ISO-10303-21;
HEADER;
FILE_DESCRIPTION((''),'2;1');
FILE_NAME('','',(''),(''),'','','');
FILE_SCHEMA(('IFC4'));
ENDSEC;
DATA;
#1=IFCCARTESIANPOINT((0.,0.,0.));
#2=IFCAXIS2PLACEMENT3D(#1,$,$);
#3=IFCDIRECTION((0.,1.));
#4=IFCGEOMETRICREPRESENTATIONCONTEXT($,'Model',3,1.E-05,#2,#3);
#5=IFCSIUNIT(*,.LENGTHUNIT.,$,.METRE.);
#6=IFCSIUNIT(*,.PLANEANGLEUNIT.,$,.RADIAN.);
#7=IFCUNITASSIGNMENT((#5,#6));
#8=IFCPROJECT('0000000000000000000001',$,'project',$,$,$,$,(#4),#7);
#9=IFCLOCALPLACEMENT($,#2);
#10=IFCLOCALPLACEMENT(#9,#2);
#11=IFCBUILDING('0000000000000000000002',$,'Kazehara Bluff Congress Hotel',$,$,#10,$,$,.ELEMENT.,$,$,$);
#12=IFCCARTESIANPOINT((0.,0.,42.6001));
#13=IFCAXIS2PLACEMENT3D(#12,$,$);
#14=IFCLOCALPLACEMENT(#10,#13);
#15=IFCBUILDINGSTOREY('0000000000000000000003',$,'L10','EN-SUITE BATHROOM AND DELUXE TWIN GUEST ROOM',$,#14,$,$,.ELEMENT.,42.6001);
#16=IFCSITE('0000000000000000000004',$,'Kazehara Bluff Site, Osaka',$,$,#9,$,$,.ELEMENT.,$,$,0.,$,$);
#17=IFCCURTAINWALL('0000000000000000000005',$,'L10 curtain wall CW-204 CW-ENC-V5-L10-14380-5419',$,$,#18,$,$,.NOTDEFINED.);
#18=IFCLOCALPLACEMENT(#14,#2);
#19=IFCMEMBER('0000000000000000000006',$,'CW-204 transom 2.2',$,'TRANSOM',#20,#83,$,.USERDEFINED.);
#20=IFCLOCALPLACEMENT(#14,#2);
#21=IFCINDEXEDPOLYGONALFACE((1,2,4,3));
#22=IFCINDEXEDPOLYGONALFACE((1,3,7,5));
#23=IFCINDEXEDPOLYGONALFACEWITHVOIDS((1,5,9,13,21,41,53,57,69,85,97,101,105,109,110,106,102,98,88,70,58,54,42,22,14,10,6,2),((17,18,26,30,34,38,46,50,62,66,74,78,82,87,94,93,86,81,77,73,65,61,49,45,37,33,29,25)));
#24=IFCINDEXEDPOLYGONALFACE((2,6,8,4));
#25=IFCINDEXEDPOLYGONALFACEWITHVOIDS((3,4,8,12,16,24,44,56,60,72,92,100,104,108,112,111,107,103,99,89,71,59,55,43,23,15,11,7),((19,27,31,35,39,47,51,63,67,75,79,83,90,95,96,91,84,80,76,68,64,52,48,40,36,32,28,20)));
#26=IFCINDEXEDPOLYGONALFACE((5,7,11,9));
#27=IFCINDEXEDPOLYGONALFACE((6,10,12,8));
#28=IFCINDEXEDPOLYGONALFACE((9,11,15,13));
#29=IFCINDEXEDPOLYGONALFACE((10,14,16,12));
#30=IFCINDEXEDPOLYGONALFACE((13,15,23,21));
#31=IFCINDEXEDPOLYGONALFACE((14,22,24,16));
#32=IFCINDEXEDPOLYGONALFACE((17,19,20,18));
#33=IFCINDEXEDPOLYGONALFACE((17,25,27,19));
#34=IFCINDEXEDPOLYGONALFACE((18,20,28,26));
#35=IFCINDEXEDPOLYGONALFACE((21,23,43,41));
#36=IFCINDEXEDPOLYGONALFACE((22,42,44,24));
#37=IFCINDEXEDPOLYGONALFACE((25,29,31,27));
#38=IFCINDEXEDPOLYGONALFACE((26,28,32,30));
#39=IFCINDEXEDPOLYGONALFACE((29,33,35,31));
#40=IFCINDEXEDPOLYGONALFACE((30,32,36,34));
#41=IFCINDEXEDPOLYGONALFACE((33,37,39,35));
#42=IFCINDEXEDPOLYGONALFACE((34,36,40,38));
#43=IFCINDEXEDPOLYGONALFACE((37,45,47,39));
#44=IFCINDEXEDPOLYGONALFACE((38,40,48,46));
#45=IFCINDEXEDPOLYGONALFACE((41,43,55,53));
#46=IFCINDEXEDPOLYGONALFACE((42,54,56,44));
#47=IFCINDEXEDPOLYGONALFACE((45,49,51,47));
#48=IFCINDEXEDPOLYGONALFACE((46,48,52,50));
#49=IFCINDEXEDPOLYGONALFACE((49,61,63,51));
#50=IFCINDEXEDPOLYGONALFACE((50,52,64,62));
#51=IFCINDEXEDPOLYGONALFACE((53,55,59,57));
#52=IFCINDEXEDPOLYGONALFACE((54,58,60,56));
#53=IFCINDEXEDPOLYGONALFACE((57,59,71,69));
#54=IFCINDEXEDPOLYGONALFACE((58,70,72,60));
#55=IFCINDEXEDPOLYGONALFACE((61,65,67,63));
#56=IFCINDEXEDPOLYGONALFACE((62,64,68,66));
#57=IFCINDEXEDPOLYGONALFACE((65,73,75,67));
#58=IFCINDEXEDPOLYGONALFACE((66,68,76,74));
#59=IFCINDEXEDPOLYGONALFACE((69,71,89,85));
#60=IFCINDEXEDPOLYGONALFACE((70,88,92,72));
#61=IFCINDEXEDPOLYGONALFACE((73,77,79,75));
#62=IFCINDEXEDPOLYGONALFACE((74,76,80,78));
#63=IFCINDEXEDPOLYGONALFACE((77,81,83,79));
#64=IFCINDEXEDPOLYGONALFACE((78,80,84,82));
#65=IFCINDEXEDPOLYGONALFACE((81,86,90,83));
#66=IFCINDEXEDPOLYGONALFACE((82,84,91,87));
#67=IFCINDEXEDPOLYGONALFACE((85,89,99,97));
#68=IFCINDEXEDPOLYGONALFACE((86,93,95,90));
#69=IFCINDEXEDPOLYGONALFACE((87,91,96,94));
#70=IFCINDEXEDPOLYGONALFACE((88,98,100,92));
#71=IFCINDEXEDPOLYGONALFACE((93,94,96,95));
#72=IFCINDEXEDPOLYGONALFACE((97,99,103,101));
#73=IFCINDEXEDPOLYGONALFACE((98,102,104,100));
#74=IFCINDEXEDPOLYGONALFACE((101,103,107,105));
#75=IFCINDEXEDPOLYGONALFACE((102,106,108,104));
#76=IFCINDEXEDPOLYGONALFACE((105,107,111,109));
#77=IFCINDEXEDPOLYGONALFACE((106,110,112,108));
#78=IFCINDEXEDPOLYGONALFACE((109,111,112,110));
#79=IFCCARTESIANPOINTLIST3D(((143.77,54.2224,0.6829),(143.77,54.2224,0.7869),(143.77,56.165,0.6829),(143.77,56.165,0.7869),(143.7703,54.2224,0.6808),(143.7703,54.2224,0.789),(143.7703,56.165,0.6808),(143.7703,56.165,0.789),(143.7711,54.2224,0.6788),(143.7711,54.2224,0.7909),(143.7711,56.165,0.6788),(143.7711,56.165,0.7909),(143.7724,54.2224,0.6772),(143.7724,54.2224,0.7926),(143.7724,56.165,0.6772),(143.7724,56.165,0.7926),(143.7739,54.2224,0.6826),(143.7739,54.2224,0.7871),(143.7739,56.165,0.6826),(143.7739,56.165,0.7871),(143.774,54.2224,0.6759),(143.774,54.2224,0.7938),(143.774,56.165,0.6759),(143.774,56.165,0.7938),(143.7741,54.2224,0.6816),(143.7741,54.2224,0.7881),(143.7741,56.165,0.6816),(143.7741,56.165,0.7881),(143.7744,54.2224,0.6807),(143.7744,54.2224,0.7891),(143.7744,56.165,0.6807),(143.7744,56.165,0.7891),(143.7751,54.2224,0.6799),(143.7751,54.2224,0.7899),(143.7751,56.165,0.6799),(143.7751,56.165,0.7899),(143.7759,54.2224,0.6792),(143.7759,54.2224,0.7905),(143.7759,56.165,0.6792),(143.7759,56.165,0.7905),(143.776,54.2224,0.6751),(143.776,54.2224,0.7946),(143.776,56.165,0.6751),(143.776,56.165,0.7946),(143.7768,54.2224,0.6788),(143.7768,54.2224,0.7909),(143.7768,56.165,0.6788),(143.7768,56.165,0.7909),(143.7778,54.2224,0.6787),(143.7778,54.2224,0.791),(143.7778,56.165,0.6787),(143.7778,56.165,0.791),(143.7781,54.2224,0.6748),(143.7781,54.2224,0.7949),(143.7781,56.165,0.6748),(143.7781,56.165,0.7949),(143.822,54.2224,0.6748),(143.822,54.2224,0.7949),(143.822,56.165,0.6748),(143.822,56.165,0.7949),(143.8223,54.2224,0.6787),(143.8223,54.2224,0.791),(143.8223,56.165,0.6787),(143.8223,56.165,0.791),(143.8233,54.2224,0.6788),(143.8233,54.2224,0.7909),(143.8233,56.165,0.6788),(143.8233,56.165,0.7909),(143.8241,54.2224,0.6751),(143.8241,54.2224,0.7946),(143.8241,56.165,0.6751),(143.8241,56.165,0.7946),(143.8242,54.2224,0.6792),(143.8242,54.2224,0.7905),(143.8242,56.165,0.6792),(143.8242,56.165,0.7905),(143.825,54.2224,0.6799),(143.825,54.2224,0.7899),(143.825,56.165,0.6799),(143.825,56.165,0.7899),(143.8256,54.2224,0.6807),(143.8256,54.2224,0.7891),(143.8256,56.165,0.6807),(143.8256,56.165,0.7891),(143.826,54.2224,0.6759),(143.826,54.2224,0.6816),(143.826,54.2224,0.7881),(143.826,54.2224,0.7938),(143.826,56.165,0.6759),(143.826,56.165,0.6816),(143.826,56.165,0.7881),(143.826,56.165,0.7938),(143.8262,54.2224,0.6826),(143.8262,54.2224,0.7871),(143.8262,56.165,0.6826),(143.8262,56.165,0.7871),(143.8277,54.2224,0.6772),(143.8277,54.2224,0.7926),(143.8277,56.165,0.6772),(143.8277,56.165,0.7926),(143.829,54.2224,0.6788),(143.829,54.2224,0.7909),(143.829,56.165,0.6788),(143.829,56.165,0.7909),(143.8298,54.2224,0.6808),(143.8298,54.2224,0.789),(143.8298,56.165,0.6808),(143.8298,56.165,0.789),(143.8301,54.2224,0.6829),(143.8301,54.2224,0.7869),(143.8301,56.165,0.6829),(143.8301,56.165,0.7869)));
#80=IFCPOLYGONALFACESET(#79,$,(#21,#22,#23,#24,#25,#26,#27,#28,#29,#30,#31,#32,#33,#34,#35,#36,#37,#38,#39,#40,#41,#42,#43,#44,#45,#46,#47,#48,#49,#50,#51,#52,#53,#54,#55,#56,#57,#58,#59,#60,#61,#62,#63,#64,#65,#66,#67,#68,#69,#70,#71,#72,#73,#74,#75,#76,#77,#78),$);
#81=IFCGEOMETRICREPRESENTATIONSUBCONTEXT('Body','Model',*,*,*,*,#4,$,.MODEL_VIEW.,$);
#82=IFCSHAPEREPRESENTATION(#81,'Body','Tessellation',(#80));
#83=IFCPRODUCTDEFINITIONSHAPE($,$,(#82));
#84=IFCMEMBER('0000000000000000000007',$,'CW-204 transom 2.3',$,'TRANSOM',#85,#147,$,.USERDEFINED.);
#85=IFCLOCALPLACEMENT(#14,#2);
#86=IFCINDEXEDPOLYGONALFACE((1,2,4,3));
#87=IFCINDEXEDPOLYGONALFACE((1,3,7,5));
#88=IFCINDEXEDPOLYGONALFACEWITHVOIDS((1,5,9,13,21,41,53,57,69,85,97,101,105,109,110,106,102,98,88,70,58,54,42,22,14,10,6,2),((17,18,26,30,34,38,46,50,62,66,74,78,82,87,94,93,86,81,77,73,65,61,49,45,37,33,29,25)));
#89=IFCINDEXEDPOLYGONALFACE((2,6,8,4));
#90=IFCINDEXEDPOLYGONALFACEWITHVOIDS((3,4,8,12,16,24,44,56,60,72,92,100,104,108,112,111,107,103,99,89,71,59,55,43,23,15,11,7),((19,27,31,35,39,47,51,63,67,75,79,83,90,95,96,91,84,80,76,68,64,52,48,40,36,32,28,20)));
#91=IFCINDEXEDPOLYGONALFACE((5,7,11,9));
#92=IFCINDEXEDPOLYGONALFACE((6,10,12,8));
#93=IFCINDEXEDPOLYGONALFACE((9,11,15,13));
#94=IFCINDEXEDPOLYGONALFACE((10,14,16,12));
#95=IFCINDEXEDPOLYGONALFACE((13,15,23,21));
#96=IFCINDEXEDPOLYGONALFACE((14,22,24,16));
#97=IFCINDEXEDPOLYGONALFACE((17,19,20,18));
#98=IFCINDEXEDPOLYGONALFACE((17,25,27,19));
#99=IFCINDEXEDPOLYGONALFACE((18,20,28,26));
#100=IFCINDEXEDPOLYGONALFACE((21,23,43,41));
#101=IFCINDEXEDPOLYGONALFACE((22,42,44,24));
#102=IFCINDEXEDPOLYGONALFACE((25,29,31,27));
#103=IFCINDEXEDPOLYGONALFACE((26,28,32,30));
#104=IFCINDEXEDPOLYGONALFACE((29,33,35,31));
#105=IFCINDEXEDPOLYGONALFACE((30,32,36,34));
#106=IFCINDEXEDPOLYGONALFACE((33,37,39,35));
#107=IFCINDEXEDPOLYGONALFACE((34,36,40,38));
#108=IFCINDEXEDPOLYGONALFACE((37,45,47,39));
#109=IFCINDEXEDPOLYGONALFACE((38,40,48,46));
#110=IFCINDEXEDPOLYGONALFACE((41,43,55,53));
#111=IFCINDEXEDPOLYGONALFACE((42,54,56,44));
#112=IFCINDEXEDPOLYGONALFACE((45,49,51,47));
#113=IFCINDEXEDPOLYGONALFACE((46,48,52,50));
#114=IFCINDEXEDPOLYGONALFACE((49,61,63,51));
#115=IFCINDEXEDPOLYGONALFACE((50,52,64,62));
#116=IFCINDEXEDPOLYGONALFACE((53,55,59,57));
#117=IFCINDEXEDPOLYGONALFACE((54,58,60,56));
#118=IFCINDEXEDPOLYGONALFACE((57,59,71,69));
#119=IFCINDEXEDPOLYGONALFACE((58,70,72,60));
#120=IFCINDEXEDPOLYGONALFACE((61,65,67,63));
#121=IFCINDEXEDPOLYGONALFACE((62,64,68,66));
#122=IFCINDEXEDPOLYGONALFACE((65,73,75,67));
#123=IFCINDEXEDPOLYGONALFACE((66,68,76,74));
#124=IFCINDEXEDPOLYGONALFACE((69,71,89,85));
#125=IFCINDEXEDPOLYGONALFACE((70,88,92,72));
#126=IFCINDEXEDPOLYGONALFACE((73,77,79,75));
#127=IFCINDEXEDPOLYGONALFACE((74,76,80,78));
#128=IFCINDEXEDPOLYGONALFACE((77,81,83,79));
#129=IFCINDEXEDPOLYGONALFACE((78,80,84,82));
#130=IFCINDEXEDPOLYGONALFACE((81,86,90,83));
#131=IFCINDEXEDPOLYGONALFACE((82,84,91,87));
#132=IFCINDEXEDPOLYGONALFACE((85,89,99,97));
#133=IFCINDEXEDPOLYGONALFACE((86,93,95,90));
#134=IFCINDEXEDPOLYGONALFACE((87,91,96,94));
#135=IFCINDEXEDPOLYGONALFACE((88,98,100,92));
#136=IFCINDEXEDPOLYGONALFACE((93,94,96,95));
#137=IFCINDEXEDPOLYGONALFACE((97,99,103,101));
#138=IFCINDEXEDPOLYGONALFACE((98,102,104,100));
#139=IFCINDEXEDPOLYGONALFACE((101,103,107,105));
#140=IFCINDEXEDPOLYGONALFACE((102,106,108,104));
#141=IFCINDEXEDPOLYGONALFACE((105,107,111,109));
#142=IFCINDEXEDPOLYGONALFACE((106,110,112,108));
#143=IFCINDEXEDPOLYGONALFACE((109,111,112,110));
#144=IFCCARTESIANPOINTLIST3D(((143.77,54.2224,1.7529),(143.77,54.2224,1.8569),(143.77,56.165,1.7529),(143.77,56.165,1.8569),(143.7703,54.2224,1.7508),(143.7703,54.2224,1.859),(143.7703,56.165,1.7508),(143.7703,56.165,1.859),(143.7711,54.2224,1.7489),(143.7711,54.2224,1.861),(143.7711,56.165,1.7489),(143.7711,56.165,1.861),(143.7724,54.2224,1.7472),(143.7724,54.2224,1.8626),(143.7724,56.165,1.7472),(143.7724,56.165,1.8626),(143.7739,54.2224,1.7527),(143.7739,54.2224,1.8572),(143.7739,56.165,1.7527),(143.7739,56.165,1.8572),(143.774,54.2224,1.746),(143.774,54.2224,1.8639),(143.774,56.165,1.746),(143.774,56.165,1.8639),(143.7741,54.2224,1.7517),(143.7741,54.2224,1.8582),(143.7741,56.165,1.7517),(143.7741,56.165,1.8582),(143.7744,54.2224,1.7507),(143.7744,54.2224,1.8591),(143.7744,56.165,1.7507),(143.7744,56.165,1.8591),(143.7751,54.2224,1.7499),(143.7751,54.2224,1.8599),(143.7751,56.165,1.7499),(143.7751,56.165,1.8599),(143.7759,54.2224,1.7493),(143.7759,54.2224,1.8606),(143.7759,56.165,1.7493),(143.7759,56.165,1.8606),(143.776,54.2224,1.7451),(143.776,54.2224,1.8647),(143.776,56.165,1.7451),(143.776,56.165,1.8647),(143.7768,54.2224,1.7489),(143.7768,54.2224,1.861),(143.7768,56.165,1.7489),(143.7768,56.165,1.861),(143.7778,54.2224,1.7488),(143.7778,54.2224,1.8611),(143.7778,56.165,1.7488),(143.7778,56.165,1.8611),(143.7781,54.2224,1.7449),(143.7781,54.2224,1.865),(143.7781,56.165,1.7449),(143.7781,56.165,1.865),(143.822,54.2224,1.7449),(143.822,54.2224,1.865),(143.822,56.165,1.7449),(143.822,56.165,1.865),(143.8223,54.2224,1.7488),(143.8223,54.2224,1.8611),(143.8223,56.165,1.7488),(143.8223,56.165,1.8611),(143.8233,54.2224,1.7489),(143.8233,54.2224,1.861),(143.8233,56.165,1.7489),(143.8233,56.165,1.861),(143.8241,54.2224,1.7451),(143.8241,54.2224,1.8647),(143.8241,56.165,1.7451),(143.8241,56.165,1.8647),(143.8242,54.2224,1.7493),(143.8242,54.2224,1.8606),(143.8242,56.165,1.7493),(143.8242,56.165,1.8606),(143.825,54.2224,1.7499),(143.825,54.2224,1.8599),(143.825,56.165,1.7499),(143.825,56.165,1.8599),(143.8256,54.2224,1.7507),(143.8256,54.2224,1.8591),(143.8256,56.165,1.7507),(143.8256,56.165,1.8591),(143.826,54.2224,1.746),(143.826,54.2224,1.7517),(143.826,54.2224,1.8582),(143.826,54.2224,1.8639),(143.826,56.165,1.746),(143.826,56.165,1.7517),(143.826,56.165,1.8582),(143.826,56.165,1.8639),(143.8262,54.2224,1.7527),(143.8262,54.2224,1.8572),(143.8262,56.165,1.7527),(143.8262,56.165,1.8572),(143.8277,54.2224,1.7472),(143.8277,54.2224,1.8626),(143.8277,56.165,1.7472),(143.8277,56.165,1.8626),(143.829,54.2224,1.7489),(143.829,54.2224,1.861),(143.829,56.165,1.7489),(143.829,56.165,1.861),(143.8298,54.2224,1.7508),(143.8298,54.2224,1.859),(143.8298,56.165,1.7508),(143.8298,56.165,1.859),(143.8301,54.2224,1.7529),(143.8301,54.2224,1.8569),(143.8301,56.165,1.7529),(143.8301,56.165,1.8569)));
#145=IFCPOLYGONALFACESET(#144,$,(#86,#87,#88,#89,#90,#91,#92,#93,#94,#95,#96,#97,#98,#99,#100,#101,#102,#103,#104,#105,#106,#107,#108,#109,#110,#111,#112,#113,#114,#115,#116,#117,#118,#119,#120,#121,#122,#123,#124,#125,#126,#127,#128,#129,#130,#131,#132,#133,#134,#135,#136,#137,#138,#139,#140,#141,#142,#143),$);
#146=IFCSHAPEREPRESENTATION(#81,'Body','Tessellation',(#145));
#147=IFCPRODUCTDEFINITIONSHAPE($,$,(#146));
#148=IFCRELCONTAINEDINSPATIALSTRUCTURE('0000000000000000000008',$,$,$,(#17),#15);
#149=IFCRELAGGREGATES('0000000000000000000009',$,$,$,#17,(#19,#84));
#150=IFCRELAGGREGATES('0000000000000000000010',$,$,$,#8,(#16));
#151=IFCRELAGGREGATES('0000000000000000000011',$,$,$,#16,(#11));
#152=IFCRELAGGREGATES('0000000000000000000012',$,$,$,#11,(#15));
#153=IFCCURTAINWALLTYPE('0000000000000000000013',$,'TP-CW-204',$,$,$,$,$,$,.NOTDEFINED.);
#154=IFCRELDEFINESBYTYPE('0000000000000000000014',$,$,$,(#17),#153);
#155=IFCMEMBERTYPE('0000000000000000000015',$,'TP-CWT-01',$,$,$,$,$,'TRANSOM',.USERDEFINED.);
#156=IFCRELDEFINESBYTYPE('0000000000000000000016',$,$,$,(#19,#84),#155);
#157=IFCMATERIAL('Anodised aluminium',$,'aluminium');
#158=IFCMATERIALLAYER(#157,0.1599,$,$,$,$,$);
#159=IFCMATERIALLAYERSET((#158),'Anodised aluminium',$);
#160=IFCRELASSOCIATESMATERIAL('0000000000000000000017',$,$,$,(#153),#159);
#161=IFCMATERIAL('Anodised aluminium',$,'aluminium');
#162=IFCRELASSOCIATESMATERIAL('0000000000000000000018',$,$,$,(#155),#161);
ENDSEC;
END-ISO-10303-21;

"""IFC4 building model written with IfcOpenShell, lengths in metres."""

from ifc_helpers import new_model, si_unit, direction, frame, origin, origin_2d, place, context, subcontext, project, spatial, hollow_rectangle, extrude, material, layer, layer_set, material_profile, profile_set, type_object, element, aggregate, save


model = new_model("IFC4")

# Units and contexts
model_context = context("Model", 3, precision=1e-05, world=origin(), true_north=direction((0.0, 1.0)))
body_context = subcontext(model_context, "Body", "Model", "MODEL_VIEW")
ifc_project = project(units=[si_unit("LENGTHUNIT", "METRE"), si_unit("PLANEANGLEUNIT", "RADIAN")], contexts=[model_context])

# Site, building, storey
site_placement = place(None, origin())
site = spatial("IfcSite", under=ifc_project, at=site_placement, Name="Kazehara Bluff Site, Osaka", CompositionType="ELEMENT", RefElevation=0.0)
building_placement = place(site_placement, origin())
building = spatial("IfcBuilding", under=site, at=building_placement, Name="Kazehara Bluff Congress Hotel", CompositionType="ELEMENT")
storey_placement = place(building_placement, frame((0.0, 0.0, 42.6001)))
storey = spatial("IfcBuildingStorey", under=building, at=storey_placement, Name="L10", Description="EN-SUITE BATHROOM AND DELUXE TWIN GUEST ROOM", CompositionType="ELEMENT", Elevation=42.6001)

# Curtain wall
ifc_material_1 = material(Name="Anodised aluminium", Category="aluminium")
ifc_layer_1 = layer(ifc_material_1, 0.1599)
ifc_layer_set_1 = layer_set([ifc_layer_1], Name="Anodised aluminium")
curtain_wall_type_1 = type_object("IfcCurtainWallType", Name="TP-CW-204", PredefinedType="NOTDEFINED", material=ifc_layer_set_1)
curtain_wall_1_placement = place(storey_placement, origin())
curtain_wall_1 = element("IfcCurtainWall", 1, at=curtain_wall_1_placement, inside=storey, type_object=curtain_wall_type_1, Name="L10 curtain wall CW-204 CW-ENC-V5-L10-14380-5419", PredefinedType="NOTDEFINED")

# Members
ifc_material_2 = material(Name="Anodised aluminium", Category="aluminium")
ifc_material_profile_1 = material_profile(ifc_material_2, hollow_rectangle(XDim=0.0601, YDim=0.1201, WallThickness=0.0039, InnerFilletRadius=0.0039, OuterFilletRadius=0.0081, at=origin_2d()))
ifc_profile_set_1 = profile_set([ifc_material_profile_1], Name="Anodised aluminium")
member_type_1 = type_object("IfcMemberType", Name="TP-CWT-01", ElementType="TRANSOM", PredefinedType="USERDEFINED", material=ifc_profile_set_1)
member_1_placement = place(storey_placement, frame((143.8, 54.2224, 0.7349), z_axis=(0.0, 1.0, 0.0), x_axis=(-1.0, 0.0, 0.0)))
member_1 = element("IfcMember", 2, at=member_1_placement, type_object=member_type_1, Name="CW-204 transom 2.2", ObjectType="TRANSOM", PredefinedType="USERDEFINED", context=body_context, shape_type="SweptSolid", body=[
    extrude(hollow_rectangle(XDim=0.0601, YDim=0.1201, WallThickness=0.0039, InnerFilletRadius=0.0039, OuterFilletRadius=0.0081, at=origin_2d()), origin(), (0.0, 0.0, 1.0), 1.9426),
])
member_2_placement = place(storey_placement, frame((143.8, 54.2224, 1.8049), z_axis=(0.0, 1.0, 0.0), x_axis=(-1.0, 0.0, 0.0)))
member_2 = element("IfcMember", 3, at=member_2_placement, type_object=member_type_1, Name="CW-204 transom 2.3", ObjectType="TRANSOM", PredefinedType="USERDEFINED", context=body_context, shape_type="SweptSolid", body=[
    extrude(hollow_rectangle(XDim=0.0601, YDim=0.1201, WallThickness=0.0039, InnerFilletRadius=0.0039, OuterFilletRadius=0.0081, at=origin_2d()), origin(), (0.0, 0.0, 1.0), 1.9426),
])

aggregate(curtain_wall_1, [member_1, member_2])

save(model, "model.ifc")
